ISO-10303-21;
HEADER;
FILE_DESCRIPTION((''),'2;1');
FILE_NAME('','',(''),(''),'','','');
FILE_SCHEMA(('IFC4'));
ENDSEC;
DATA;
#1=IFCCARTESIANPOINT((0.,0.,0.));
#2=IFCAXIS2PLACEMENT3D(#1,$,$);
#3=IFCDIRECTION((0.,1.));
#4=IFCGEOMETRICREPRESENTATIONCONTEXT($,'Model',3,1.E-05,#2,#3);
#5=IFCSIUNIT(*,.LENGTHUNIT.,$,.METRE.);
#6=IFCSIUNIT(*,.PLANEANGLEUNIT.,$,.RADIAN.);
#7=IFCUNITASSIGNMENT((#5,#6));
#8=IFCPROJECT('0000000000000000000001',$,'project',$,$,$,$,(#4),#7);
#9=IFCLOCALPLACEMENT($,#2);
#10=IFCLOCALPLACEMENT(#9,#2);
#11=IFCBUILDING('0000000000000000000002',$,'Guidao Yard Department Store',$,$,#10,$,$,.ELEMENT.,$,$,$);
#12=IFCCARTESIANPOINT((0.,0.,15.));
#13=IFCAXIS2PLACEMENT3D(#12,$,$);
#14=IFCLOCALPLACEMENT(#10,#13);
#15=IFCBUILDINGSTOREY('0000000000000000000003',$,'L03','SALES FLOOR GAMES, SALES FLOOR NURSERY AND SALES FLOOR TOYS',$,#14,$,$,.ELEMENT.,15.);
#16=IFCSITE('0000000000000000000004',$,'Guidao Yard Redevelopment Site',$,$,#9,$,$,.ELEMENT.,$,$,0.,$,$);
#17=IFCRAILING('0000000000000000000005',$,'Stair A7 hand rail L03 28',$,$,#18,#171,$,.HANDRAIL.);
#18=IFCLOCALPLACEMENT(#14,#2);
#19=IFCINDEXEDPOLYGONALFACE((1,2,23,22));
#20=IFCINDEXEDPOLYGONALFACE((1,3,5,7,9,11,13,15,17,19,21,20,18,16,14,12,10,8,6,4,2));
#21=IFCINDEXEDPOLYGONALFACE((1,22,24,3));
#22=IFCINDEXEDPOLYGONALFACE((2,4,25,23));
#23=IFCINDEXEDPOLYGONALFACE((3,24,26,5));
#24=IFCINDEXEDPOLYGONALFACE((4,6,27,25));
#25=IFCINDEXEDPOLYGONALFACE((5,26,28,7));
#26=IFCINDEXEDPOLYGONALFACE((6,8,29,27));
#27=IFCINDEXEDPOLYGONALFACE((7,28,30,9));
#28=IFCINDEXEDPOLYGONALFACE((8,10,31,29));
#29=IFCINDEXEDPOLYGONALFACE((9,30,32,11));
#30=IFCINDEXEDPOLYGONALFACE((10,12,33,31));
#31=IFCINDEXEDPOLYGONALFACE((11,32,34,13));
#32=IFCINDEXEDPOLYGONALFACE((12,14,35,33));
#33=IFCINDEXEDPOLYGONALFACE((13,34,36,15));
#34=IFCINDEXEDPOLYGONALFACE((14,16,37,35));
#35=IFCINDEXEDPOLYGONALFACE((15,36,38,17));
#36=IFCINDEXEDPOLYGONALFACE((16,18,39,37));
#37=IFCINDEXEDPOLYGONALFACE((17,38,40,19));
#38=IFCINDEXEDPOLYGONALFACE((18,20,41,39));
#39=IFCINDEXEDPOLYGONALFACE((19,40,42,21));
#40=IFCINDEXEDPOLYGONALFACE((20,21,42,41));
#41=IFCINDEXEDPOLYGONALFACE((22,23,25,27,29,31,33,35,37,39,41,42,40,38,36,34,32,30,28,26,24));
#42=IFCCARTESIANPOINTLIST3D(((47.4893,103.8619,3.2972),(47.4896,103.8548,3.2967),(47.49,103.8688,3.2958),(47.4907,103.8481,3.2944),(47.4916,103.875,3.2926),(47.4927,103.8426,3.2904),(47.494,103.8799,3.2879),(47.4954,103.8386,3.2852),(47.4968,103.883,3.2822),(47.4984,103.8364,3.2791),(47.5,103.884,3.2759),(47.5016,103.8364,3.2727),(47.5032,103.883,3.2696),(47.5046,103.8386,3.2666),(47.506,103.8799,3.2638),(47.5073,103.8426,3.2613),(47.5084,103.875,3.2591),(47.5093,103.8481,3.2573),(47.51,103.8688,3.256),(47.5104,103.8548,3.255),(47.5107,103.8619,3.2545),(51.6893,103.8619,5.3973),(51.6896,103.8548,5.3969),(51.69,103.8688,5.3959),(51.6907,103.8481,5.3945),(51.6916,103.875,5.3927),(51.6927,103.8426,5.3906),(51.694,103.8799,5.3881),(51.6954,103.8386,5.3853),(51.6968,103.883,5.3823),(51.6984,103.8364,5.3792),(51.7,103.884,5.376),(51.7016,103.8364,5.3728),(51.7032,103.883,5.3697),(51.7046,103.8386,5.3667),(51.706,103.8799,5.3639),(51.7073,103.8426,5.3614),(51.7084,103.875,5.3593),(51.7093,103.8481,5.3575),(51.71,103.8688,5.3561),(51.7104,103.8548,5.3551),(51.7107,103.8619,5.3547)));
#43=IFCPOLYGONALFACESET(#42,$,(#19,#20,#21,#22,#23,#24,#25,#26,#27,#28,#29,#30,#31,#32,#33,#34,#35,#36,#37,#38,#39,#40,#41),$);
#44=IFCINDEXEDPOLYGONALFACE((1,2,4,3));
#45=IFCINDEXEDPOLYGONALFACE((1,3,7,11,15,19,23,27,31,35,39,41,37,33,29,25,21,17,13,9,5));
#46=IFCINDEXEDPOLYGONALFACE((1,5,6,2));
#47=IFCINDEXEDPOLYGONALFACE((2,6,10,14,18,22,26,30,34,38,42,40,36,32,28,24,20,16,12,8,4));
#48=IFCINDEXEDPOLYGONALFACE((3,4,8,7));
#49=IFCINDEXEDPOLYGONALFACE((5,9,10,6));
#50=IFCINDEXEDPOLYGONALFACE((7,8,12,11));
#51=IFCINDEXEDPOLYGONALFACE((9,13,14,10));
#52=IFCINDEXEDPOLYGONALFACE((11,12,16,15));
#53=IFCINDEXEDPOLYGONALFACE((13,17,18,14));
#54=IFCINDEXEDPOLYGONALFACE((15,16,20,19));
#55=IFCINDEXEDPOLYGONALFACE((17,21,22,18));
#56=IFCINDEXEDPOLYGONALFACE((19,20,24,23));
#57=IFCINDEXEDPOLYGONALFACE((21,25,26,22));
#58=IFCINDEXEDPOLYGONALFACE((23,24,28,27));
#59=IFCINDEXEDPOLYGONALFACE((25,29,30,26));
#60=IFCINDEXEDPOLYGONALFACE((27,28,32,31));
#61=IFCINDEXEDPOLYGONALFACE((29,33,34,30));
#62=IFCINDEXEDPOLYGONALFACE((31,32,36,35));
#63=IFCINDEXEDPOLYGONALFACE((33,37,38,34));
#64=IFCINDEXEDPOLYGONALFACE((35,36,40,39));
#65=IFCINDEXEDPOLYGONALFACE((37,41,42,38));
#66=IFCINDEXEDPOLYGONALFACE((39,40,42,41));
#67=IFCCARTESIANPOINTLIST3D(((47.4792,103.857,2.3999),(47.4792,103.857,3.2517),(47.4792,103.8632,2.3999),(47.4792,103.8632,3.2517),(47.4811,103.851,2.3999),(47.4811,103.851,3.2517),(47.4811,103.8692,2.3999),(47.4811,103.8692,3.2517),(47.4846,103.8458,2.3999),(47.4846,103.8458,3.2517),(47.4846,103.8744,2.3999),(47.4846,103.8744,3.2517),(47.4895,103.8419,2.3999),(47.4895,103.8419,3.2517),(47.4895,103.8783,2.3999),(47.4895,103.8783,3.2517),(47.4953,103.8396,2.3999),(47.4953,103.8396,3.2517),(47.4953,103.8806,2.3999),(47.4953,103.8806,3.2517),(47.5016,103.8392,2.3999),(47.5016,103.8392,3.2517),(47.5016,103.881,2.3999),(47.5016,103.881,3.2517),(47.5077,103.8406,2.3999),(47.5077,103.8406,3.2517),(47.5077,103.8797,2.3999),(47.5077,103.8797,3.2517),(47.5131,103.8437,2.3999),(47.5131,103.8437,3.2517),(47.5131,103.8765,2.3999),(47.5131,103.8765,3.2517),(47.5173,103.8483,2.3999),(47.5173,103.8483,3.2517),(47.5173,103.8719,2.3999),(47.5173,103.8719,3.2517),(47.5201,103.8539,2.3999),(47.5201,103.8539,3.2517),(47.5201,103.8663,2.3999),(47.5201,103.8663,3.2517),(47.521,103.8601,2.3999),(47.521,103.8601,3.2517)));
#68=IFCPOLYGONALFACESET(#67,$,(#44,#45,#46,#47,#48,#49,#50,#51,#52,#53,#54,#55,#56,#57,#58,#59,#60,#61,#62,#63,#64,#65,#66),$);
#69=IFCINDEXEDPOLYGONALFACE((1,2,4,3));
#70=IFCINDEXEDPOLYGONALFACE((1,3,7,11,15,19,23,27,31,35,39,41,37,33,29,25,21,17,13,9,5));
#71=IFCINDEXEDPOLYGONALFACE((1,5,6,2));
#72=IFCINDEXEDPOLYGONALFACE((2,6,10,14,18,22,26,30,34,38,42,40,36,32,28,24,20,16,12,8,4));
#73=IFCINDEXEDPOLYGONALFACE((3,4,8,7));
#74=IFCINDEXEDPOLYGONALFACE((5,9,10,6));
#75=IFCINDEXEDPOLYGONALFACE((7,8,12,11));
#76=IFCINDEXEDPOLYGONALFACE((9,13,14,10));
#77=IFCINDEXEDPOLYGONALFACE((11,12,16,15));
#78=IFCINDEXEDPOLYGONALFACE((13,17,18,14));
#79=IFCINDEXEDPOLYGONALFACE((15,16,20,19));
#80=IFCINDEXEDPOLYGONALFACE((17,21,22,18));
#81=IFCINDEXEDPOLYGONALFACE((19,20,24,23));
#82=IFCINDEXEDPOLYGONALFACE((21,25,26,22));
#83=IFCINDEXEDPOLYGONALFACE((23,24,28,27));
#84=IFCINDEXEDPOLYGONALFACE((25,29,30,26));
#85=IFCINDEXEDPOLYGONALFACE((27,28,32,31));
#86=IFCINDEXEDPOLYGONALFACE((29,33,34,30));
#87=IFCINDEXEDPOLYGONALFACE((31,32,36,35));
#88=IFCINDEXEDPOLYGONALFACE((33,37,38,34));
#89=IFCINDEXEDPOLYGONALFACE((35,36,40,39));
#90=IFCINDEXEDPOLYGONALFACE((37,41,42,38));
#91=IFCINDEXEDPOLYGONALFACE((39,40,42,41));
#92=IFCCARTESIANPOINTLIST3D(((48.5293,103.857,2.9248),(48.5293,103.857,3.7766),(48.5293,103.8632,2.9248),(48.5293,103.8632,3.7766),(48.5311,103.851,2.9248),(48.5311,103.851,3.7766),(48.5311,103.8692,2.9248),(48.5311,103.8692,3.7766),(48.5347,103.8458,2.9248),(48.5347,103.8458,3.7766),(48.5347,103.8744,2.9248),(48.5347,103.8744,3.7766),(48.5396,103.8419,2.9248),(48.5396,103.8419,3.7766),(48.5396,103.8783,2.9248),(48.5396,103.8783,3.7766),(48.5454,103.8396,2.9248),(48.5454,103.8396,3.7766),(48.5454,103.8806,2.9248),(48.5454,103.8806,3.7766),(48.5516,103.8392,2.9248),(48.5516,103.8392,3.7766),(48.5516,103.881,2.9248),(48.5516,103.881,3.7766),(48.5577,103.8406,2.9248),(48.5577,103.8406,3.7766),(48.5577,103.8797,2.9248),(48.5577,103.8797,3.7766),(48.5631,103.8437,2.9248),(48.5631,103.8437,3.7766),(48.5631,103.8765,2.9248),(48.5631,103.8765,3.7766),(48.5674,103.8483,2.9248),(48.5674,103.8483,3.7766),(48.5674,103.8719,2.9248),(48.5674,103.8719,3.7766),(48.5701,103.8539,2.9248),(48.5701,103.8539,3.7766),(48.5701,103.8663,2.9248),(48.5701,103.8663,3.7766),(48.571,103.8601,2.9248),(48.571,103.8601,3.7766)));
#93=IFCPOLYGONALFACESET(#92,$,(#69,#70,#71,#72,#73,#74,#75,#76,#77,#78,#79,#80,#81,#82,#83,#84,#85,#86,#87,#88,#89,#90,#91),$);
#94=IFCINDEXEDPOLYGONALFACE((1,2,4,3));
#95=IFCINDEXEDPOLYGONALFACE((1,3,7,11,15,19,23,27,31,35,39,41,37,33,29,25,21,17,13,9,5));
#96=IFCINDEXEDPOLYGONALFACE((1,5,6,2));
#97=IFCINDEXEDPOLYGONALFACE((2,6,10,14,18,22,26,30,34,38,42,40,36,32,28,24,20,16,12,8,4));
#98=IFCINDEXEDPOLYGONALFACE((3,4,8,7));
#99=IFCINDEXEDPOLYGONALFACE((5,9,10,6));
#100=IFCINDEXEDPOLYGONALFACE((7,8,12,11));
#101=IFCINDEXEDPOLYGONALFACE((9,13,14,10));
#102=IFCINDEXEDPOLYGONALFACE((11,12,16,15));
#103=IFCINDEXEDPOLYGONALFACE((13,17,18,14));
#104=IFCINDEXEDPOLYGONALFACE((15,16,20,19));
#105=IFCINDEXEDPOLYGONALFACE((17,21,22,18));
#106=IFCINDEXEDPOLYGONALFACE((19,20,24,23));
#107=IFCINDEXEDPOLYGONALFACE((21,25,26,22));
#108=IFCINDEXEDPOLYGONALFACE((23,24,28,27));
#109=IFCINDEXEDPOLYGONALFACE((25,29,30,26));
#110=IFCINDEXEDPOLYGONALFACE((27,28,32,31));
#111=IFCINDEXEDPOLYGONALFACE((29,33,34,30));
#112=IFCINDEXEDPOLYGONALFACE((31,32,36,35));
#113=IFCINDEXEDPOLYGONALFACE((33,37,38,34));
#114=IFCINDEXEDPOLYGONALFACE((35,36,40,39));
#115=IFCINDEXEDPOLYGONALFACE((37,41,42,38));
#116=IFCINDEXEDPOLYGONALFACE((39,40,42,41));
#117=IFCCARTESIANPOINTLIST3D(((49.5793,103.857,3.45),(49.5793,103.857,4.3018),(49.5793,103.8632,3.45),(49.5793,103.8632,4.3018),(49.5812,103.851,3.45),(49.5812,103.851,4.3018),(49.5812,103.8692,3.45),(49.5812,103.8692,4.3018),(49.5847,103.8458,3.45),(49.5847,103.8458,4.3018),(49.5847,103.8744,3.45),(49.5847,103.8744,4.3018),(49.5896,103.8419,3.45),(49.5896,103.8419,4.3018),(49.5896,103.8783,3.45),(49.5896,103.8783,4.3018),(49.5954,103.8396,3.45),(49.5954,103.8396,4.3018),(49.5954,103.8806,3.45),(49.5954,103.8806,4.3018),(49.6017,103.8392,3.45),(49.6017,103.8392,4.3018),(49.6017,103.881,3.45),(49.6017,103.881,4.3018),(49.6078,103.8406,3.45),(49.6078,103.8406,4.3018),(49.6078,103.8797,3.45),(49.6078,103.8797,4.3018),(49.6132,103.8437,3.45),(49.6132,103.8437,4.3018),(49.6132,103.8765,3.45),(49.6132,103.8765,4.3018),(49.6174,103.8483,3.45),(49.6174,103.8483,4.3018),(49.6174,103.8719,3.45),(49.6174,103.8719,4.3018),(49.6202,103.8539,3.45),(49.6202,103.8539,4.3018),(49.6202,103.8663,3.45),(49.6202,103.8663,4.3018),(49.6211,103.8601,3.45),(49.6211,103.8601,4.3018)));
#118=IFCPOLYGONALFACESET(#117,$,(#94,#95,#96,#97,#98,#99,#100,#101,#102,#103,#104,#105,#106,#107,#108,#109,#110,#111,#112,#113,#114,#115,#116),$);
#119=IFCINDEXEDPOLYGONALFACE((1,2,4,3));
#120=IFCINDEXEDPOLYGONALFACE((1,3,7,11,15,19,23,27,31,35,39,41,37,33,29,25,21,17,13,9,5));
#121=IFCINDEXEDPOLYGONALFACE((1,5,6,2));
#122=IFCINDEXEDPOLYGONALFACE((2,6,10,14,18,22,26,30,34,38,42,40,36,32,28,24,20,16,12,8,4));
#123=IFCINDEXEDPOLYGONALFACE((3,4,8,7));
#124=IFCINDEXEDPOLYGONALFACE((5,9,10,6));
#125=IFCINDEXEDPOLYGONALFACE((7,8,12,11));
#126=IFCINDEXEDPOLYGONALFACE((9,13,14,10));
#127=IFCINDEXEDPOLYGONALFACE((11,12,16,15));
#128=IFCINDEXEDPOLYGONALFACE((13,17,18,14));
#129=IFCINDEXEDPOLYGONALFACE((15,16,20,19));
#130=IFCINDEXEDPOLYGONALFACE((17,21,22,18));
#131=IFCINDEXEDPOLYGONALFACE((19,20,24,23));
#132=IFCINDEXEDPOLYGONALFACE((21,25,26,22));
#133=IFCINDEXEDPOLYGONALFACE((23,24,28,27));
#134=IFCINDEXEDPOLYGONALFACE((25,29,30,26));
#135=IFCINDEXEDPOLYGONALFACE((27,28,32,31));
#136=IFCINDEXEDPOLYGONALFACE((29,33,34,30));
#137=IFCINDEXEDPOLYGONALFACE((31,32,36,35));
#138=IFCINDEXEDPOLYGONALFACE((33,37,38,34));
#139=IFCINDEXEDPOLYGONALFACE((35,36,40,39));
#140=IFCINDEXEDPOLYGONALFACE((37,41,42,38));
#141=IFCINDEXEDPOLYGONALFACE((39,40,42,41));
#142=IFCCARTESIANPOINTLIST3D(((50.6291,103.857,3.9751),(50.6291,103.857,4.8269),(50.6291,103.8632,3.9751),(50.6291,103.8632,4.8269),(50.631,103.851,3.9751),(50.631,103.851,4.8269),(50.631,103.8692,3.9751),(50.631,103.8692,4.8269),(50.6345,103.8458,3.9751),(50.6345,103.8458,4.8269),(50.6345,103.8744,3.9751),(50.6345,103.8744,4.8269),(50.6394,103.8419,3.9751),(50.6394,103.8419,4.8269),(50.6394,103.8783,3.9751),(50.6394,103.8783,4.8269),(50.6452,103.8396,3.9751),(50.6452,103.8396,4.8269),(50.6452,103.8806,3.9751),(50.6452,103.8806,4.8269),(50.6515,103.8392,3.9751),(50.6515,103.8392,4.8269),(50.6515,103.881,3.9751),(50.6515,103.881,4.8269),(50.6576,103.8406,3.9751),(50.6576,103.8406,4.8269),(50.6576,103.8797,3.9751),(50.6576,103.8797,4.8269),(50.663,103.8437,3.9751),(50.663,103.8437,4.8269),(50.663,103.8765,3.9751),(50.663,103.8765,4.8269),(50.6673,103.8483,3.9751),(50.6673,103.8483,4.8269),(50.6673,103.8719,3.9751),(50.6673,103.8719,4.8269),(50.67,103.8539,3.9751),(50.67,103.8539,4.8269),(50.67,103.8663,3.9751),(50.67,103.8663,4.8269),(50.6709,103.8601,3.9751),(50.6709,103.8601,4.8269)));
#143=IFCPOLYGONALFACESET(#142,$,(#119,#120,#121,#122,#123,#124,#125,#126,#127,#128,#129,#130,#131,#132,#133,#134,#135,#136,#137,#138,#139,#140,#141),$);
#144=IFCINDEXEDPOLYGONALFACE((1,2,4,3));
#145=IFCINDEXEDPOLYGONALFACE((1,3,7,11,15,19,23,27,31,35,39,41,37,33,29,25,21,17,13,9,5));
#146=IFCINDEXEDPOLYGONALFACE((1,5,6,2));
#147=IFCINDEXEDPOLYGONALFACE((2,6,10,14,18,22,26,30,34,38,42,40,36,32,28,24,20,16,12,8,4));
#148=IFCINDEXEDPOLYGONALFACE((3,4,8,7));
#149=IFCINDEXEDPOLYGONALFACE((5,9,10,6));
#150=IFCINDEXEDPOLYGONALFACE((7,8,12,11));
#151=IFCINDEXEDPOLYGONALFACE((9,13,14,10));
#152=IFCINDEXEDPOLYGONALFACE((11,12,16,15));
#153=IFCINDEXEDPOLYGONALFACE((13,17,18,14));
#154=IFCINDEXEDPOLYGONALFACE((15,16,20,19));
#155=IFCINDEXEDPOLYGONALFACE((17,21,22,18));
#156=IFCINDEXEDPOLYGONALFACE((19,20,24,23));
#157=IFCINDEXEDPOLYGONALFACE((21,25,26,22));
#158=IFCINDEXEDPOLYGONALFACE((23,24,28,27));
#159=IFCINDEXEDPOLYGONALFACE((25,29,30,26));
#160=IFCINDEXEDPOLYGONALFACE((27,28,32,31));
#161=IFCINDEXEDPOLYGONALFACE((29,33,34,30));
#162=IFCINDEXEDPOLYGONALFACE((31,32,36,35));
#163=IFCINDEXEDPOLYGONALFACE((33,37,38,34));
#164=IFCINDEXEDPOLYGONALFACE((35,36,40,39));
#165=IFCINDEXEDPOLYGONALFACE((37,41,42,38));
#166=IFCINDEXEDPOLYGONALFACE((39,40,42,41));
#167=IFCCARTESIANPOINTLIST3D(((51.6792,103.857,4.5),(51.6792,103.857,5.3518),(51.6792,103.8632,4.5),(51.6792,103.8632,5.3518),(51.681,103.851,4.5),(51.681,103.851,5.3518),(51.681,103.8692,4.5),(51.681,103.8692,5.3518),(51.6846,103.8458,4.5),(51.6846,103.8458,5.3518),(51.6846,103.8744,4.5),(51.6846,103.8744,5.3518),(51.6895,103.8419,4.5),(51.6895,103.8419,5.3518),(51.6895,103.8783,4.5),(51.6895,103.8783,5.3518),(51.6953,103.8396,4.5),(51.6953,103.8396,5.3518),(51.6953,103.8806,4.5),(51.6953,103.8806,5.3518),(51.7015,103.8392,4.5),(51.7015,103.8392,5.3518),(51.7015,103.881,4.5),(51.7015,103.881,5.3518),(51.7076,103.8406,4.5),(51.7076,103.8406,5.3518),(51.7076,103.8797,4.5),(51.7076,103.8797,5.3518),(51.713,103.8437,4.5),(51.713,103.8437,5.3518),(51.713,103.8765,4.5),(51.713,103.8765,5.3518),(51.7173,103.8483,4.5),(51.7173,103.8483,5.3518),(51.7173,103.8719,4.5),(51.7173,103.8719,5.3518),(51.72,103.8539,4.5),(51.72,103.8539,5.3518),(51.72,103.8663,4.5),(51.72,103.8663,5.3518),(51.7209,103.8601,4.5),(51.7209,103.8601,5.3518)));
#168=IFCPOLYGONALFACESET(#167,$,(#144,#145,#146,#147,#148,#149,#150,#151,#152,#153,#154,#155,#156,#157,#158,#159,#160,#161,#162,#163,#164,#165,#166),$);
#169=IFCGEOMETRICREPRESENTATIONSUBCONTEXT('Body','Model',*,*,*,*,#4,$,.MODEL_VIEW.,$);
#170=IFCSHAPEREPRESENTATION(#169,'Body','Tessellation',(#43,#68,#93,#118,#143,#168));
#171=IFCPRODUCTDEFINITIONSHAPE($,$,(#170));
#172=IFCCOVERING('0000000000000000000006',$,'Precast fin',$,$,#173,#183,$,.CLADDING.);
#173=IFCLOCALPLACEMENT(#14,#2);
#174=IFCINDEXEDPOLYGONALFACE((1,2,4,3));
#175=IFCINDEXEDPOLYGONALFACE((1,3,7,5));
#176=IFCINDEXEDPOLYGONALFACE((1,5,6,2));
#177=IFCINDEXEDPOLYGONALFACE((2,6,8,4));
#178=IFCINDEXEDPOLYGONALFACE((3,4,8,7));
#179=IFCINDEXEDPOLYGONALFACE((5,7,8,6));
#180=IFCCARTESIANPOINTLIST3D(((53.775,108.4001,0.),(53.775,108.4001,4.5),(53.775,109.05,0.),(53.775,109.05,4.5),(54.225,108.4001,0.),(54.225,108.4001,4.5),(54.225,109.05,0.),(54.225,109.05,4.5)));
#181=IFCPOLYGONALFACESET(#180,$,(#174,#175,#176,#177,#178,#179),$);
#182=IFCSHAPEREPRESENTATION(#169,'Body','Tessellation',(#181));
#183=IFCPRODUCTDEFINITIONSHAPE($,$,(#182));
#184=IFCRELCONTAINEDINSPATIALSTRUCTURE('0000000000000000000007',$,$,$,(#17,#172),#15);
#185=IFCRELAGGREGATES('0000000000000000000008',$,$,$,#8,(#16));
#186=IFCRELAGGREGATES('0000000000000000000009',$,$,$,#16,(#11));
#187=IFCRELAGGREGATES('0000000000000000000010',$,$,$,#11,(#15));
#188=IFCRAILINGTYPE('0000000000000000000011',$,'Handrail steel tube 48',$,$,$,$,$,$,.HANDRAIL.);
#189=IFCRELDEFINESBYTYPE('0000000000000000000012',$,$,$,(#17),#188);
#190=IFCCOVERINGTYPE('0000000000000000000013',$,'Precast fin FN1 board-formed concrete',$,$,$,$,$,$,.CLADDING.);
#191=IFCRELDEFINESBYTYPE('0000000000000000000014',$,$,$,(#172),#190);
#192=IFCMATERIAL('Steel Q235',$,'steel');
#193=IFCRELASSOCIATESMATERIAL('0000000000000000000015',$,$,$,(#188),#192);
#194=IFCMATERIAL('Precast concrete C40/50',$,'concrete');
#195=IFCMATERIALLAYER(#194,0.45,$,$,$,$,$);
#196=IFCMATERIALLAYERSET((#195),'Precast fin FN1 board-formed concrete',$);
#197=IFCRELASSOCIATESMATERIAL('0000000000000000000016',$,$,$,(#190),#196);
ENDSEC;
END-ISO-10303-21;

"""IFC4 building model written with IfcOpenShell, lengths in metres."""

from ifc_helpers import new_model, si_unit, direction, frame, origin, origin_2d, place, context, subcontext, project, spatial, rectangle, circle, extrude, material, layer, layer_set, type_object, element, save


model = new_model("IFC4")

# Units and contexts
model_context = context("Model", 3, precision=1e-05, world=origin(), true_north=direction((0.0, 1.0)))
body_context = subcontext(model_context, "Body", "Model", "MODEL_VIEW")
ifc_project = project(units=[si_unit("LENGTHUNIT", "METRE"), si_unit("PLANEANGLEUNIT", "RADIAN")], contexts=[model_context])

# Site, building, storey
site_placement = place(None, origin())
site = spatial("IfcSite", under=ifc_project, at=site_placement, Name="Guidao Yard Redevelopment Site", CompositionType="ELEMENT", RefElevation=0.0)
building_placement = place(site_placement, origin())
building = spatial("IfcBuilding", under=site, at=building_placement, Name="Guidao Yard Department Store", CompositionType="ELEMENT")
storey_placement = place(building_placement, frame((0.0, 0.0, 15.0)))
storey = spatial("IfcBuildingStorey", under=building, at=storey_placement, Name="L03", Description="SALES FLOOR GAMES, SALES FLOOR NURSERY AND SALES FLOOR TOYS", CompositionType="ELEMENT", Elevation=15.0)

# Railing
ifc_material_1 = material(Name="Steel Q235", Category="steel")
railing_type_1 = type_object("IfcRailingType", Name="Handrail steel tube 48", PredefinedType="HANDRAIL", material=ifc_material_1)
for number, where, name in (
    (1, (47.5, 103.8601, 2.3999), "Stair A7 hand rail L03 28"),
):
    element("IfcRailing", number, at=place(storey_placement, frame(where)), inside=storey, type_object=railing_type_1, Name=name, PredefinedType="HANDRAIL", context=body_context, shape_type="SweptSolid", body=[
        extrude(circle(Radius=0.0239, at=origin_2d()), frame((0.0, 0.0, 0.876), z_axis=(0.894417, 0.0, 0.447234), x_axis=(0.0, 1.0, 0.0)), (0.0, 0.0, 1.0), 4.6958),
        extrude(circle(Radius=0.021, at=origin_2d()), origin(), (0.0, 0.0, 1.0), 0.8518),
        extrude(circle(Radius=0.021, at=origin_2d()), frame((1.05, 0.0, 0.5249)), (0.0, 0.0, 1.0), 0.8518),
        extrude(circle(Radius=0.021, at=origin_2d()), frame((2.1001, 0.0, 1.05)), (0.0, 0.0, 1.0), 0.8518),
        extrude(circle(Radius=0.021, at=origin_2d()), frame((3.1499, 0.0, 1.5752)), (0.0, 0.0, 1.0), 0.8518),
        extrude(circle(Radius=0.021, at=origin_2d()), frame((4.2, 0.0, 2.1001)), (0.0, 0.0, 1.0), 0.8518),
    ])

# Covering
ifc_material_2 = material(Name="Precast concrete C40/50", Category="concrete")
ifc_layer_1 = layer(ifc_material_2, 0.45)
ifc_layer_set_1 = layer_set([ifc_layer_1], Name="Precast fin FN1 board-formed concrete")
covering_type = type_object("IfcCoveringType", Name="Precast fin FN1 board-formed concrete", PredefinedType="CLADDING", material=ifc_layer_set_1)
covering_placement = place(storey_placement, frame((54.0, 108.7251, 0.0), z_axis=(0.0, 0.0, 1.0), x_axis=(1.0, 0.0, 0.0)))
element("IfcCovering", 2, at=covering_placement, inside=storey, type_object=covering_type, Name="Precast fin", PredefinedType="CLADDING", context=body_context, shape_type="SweptSolid", body=[
    extrude(rectangle(XDim=0.45, YDim=0.6499, at=origin_2d()), origin(), (0.0, 0.0, 1.0), 4.5),
])

save(model, "model.ifc")
